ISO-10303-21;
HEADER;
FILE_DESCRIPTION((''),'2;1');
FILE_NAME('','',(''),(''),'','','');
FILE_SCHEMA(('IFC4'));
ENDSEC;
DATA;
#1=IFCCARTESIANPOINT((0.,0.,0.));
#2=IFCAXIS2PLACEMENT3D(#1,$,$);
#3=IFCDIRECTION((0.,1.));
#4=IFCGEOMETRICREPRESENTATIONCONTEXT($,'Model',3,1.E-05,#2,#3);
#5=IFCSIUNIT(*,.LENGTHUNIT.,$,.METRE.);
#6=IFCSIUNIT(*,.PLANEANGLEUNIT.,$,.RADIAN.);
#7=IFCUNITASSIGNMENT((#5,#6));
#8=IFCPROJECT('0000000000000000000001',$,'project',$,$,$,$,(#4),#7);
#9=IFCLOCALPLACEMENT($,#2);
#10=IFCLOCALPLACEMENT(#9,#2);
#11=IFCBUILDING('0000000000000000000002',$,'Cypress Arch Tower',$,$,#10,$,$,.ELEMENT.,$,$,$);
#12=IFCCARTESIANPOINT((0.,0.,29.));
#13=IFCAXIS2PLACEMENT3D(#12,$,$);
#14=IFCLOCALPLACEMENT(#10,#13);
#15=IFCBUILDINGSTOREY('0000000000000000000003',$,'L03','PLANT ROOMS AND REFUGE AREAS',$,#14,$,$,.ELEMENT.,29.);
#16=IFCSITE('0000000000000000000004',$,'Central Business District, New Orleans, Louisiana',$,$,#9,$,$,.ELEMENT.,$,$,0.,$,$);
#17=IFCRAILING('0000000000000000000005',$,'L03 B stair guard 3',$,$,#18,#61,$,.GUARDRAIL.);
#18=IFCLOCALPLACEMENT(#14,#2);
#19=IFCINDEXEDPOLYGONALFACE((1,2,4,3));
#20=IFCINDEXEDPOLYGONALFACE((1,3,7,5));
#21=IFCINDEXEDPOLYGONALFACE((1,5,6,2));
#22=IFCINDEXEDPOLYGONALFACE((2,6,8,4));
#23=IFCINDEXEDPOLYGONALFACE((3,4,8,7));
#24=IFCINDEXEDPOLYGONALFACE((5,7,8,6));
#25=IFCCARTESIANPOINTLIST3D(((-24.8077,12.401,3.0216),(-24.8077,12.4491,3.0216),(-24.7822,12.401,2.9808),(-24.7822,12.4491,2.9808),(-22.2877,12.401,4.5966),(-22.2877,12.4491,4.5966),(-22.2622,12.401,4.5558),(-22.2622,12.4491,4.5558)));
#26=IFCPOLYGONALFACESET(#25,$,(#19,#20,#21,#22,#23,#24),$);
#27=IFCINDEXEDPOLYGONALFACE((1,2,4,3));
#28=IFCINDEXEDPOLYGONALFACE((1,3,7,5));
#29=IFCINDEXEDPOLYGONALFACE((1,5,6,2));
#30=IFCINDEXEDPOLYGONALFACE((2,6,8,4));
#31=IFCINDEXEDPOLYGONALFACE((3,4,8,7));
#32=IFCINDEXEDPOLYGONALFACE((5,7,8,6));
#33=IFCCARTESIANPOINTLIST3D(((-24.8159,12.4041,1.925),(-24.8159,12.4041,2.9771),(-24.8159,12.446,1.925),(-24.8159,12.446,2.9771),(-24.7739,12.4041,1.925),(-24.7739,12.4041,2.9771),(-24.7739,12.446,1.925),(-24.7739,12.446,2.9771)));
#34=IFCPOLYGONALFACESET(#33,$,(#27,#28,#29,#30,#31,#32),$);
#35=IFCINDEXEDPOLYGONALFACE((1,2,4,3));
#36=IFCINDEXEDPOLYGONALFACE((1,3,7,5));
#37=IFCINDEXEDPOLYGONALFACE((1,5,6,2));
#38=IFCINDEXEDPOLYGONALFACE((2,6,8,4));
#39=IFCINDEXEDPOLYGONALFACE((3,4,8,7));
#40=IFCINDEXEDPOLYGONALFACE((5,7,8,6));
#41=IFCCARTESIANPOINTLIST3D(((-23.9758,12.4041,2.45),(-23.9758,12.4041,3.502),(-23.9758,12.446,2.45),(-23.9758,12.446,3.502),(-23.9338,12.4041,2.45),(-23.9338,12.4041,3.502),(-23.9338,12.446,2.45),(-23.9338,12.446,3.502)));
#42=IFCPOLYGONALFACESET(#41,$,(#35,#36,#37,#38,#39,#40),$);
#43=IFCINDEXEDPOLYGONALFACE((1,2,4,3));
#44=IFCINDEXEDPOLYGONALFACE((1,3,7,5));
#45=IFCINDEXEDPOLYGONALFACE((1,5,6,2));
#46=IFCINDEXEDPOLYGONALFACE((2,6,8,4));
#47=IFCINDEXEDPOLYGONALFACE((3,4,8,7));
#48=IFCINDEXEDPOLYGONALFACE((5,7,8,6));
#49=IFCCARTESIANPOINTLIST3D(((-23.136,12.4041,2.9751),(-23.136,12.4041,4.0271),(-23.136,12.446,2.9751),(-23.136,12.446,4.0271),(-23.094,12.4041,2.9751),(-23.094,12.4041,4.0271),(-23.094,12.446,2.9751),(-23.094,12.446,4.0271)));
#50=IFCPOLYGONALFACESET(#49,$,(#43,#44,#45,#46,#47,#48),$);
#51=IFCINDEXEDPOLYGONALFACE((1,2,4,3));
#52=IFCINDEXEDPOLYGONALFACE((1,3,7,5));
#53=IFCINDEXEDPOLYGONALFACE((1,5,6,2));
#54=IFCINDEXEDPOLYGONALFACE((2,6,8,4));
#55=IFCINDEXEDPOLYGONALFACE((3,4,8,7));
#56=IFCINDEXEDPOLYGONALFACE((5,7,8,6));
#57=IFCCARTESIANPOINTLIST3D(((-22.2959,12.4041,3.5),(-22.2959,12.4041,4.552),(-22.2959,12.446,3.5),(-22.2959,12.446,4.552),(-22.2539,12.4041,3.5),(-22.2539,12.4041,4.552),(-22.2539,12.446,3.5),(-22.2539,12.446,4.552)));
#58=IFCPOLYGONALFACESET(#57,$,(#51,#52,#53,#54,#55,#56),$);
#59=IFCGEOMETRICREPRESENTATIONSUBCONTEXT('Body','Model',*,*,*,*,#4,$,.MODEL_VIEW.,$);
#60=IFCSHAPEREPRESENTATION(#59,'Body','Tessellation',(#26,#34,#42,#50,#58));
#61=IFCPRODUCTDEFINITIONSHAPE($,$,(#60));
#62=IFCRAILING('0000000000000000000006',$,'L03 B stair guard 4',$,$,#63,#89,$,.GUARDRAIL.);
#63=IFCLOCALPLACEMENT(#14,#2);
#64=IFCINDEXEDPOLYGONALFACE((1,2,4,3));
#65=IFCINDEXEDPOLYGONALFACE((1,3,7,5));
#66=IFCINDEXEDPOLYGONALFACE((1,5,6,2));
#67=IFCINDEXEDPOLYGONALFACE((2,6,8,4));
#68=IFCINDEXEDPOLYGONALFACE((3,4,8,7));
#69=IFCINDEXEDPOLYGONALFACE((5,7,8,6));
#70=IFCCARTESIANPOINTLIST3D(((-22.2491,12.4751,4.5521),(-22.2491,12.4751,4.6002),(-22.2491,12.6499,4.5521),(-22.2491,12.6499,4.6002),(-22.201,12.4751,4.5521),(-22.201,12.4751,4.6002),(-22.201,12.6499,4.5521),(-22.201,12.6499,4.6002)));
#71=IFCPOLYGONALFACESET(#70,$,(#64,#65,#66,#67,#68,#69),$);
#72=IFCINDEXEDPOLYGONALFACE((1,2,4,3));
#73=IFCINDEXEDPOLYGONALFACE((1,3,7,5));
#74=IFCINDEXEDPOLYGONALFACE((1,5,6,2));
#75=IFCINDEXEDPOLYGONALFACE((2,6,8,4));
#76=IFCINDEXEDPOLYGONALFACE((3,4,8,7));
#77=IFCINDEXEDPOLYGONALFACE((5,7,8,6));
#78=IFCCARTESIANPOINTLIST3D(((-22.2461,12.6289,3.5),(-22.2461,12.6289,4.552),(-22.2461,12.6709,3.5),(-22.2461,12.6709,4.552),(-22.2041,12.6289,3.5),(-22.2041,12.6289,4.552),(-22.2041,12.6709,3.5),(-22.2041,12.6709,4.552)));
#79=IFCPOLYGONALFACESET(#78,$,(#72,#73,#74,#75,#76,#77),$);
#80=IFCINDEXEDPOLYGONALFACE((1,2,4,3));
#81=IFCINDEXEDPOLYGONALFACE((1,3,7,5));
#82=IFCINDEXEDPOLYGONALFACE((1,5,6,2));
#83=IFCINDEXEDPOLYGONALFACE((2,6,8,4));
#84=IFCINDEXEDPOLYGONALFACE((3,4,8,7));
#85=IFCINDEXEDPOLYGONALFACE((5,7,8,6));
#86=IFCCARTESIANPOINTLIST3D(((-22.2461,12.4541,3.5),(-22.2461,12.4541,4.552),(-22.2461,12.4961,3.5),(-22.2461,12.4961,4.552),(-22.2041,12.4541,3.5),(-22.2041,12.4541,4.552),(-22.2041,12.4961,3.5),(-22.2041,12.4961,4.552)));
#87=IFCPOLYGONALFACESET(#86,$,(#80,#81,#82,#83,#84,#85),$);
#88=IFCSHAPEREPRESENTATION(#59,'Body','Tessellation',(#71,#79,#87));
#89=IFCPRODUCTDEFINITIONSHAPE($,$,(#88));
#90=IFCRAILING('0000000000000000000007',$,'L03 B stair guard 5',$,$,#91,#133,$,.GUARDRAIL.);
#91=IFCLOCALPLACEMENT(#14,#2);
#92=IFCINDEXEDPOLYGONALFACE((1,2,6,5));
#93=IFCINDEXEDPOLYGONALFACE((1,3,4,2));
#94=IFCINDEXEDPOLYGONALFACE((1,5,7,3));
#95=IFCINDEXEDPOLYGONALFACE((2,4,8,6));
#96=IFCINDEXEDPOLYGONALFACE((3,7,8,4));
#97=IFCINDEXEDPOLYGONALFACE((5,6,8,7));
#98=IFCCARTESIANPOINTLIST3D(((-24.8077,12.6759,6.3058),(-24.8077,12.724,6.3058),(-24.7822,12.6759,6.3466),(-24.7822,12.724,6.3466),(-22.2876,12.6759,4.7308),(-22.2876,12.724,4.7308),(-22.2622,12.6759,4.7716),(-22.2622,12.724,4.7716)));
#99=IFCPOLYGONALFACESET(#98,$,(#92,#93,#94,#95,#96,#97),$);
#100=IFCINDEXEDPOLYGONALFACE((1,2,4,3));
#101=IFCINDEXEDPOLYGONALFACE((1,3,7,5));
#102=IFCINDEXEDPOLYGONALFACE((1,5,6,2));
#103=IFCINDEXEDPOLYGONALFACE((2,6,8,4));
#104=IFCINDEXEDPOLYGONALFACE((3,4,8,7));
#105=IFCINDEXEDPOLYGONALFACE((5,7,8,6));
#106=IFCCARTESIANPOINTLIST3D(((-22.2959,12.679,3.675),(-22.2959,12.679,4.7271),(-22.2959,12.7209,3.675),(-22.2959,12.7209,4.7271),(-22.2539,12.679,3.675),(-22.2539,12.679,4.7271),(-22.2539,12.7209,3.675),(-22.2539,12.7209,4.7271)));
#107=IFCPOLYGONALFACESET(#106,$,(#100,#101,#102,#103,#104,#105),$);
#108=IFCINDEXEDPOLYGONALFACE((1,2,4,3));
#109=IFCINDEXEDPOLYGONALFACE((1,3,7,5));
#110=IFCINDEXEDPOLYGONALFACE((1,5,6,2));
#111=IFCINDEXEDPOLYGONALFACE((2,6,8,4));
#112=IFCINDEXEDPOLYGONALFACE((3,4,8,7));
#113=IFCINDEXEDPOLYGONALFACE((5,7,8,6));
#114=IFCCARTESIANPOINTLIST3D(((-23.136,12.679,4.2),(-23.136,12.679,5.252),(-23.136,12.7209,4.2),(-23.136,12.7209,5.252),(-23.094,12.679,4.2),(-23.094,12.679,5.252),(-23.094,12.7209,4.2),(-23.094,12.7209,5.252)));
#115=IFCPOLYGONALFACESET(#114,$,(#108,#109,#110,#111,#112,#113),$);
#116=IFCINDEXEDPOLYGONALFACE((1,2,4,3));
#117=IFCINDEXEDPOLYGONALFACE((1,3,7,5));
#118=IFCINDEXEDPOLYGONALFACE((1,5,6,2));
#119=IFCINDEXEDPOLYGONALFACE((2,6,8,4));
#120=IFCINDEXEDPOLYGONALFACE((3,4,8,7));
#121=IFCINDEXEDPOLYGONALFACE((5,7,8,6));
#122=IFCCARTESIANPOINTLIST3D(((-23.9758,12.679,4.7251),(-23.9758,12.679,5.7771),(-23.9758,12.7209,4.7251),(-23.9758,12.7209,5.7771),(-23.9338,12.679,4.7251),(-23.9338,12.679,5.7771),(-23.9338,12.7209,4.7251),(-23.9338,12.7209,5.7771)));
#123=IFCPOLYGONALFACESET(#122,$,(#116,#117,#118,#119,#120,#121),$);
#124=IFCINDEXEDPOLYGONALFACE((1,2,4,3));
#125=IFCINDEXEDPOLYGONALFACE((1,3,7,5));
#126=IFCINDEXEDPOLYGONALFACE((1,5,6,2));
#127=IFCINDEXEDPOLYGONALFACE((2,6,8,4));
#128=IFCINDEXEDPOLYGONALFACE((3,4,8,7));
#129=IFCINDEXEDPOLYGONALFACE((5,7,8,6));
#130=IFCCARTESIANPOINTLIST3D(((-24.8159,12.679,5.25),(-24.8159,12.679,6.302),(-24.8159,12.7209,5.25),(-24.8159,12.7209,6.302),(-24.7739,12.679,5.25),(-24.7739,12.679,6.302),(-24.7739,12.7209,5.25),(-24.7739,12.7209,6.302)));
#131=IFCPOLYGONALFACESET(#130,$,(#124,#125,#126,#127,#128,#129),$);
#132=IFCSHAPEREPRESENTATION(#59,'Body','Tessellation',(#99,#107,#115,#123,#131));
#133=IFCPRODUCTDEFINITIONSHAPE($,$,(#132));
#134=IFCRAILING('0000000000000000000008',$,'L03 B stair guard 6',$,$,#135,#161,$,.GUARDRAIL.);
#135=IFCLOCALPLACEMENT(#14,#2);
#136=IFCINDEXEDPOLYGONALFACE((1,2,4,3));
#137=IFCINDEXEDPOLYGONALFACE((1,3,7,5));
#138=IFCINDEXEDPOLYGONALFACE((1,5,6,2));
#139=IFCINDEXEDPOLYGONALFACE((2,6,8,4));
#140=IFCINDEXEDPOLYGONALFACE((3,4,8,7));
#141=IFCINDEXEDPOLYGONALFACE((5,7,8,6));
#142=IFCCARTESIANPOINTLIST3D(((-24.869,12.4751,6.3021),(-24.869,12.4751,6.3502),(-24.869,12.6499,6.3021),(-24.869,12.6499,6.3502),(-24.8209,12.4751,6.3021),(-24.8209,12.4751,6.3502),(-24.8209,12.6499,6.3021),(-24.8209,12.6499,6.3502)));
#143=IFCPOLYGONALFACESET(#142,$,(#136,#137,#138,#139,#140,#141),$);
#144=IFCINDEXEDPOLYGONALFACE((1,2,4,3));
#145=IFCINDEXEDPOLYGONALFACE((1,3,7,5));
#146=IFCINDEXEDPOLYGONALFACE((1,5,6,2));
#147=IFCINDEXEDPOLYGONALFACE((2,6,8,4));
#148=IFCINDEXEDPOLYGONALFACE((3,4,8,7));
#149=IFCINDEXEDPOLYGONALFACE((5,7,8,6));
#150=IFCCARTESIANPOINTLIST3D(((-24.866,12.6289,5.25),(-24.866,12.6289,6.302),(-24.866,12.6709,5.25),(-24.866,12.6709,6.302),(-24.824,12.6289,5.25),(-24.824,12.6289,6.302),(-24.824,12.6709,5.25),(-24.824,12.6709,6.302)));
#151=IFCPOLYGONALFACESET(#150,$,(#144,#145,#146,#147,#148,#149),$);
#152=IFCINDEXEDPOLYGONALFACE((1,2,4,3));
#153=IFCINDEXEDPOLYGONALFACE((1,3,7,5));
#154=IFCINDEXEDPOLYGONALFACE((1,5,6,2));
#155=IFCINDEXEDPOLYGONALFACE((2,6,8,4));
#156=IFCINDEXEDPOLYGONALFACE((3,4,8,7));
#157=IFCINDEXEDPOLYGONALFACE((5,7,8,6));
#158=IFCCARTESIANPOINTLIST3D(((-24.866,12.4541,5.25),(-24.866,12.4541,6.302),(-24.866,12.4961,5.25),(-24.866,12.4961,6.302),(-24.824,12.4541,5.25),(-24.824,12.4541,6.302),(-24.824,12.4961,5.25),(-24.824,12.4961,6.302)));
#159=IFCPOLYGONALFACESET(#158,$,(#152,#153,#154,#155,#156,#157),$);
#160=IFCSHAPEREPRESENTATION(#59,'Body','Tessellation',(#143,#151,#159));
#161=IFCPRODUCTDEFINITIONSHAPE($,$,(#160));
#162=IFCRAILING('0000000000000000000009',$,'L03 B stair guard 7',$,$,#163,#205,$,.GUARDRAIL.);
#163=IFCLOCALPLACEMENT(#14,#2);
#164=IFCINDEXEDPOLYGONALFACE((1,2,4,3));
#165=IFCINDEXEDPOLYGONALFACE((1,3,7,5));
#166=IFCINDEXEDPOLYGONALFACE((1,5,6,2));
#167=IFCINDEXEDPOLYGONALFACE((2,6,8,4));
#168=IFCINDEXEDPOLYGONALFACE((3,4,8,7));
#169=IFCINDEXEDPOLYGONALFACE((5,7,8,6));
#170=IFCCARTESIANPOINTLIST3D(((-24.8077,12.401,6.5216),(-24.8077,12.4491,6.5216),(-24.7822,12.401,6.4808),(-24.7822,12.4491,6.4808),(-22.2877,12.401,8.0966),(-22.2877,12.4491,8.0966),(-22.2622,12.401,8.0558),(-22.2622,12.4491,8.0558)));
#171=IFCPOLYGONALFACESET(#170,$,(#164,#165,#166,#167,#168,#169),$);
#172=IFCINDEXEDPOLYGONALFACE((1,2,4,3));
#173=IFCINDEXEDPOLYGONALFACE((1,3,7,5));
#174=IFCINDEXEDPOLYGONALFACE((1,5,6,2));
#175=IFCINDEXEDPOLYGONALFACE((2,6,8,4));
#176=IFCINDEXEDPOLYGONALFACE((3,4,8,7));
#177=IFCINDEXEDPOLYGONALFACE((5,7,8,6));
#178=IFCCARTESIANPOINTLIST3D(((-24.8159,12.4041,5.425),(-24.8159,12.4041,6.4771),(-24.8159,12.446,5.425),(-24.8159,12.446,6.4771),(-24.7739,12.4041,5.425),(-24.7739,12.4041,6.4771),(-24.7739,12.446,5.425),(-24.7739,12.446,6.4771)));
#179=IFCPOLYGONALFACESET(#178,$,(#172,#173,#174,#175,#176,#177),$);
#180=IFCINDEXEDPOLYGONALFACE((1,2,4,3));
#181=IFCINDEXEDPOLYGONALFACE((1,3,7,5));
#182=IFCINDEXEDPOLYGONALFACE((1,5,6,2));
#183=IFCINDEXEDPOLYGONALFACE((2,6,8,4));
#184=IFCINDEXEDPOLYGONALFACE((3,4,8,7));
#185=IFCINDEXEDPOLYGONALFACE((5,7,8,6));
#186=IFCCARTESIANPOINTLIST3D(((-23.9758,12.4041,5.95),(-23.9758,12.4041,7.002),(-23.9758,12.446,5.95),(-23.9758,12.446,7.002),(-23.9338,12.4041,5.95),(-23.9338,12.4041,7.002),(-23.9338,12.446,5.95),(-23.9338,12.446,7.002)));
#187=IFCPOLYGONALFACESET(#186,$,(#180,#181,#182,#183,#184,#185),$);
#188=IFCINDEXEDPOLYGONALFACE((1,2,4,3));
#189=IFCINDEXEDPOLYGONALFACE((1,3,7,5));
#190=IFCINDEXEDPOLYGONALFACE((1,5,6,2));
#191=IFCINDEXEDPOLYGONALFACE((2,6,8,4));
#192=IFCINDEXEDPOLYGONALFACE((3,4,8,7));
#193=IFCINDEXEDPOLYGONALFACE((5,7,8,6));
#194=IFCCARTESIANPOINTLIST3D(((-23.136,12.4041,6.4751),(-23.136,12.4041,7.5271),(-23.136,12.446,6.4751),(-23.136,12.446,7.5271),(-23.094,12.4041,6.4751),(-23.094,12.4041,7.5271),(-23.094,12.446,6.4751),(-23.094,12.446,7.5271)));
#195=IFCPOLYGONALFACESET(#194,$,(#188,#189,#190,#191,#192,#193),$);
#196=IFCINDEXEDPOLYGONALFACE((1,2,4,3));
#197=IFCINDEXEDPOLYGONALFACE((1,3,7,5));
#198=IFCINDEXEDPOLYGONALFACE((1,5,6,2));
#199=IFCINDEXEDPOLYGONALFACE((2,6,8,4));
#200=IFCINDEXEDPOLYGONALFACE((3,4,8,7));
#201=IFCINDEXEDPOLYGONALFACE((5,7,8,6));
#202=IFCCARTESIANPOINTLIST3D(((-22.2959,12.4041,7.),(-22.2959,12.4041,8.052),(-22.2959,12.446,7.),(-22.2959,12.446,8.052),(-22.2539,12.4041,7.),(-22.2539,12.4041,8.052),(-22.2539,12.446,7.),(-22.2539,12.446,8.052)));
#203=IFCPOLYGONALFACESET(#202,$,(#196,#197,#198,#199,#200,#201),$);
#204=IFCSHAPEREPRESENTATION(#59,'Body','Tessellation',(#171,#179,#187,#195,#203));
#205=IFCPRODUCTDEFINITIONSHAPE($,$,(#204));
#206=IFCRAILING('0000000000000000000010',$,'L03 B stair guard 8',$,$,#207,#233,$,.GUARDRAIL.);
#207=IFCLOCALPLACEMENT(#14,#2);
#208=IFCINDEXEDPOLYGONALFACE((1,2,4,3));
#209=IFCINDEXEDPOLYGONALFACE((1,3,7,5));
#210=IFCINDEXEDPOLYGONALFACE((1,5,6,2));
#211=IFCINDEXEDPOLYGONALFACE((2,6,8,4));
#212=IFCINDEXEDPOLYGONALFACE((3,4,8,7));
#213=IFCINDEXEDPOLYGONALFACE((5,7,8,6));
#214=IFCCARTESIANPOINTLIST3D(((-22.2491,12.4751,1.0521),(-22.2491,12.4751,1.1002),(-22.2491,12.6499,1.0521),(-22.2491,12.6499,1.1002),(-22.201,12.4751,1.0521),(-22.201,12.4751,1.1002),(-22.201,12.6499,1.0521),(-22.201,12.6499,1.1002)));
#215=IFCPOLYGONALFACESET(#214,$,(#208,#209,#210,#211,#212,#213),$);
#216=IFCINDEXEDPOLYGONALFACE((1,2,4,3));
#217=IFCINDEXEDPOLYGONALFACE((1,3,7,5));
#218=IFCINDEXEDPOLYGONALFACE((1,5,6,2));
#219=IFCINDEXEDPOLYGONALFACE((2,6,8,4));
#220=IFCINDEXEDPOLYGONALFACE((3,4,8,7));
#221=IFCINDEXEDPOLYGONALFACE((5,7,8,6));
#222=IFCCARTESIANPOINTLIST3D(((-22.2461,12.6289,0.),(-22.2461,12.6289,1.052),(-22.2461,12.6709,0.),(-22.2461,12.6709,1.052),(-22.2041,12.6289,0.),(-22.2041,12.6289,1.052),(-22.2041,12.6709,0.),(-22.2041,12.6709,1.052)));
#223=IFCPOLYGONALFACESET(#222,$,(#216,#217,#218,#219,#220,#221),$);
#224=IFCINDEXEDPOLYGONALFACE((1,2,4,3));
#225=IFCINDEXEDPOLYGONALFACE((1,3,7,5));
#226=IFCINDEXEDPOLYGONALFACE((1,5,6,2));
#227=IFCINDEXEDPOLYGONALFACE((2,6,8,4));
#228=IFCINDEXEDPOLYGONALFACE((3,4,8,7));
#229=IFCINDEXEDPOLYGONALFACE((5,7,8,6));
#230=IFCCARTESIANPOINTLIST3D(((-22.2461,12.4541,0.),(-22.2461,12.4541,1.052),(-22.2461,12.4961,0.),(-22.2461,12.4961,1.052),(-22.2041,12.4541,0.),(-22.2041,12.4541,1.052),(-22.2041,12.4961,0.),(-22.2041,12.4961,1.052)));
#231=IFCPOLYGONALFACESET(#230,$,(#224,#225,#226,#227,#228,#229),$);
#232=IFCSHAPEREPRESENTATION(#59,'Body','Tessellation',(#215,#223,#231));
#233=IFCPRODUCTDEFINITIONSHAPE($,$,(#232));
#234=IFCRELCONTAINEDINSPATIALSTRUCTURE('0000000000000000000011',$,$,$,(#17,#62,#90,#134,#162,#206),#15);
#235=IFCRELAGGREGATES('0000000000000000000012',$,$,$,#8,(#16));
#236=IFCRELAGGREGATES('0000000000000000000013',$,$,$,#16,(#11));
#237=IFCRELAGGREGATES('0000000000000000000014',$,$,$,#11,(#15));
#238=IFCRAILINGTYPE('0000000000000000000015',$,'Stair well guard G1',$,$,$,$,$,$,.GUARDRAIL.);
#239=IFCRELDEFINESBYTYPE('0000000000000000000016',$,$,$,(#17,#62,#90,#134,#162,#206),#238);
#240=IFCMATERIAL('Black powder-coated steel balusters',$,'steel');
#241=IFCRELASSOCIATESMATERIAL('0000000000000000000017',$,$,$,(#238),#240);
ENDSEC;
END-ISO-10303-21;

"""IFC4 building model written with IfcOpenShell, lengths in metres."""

from ifc_helpers import new_model, si_unit, direction, frame, origin, origin_2d, place, context, subcontext, project, spatial, rectangle, extrude, material, type_object, element, save


model = new_model("IFC4")

# Units and contexts
model_context = context("Model", 3, precision=1e-05, world=origin(), true_north=direction((0.0, 1.0)))
body_context = subcontext(model_context, "Body", "Model", "MODEL_VIEW")
ifc_project = project(units=[si_unit("LENGTHUNIT", "METRE"), si_unit("PLANEANGLEUNIT", "RADIAN")], contexts=[model_context])

# Site, building, storey
site_placement = place(None, origin())
site = spatial("IfcSite", under=ifc_project, at=site_placement, Name="Central Business District, New Orleans, Louisiana", CompositionType="ELEMENT", RefElevation=0.0)
building_placement = place(site_placement, origin())
building = spatial("IfcBuilding", under=site, at=building_placement, Name="Cypress Arch Tower", CompositionType="ELEMENT")
storey_placement = place(building_placement, frame((0.0, 0.0, 29.0)))
storey = spatial("IfcBuildingStorey", under=building, at=storey_placement, Name="L03", Description="PLANT ROOMS AND REFUGE AREAS", CompositionType="ELEMENT", Elevation=29.0)

# Railings
ifc_material_1 = material(Name="Black powder-coated steel balusters", Category="steel")
railing_type_1 = type_object("IfcRailingType", Name="Stair well guard G1", PredefinedType="GUARDRAIL", material=ifc_material_1)
railing_1_placement = place(storey_placement, frame((-24.7949, 12.425, 1.925)))
element("IfcRailing", 1, at=railing_1_placement, inside=storey, type_object=railing_type_1, Name="L03 B stair guard 3", PredefinedType="GUARDRAIL", context=body_context, shape_type="SweptSolid", body=[
    extrude(rectangle(XDim=0.0481, YDim=0.0481, at=origin_2d()), frame((0.0, 0.0, 1.0762), z_axis=(0.848008, 0.0, 0.529984), x_axis=(0.0, 1.0, 0.0)), (0.0, 0.0, 1.0), 2.9717),
    extrude(rectangle(XDim=0.042, YDim=0.042, at=origin_2d()), origin(), (0.0, 0.0, 1.0), 1.052),
    extrude(rectangle(XDim=0.042, YDim=0.042, at=origin_2d()), frame((0.8401, 0.0, 0.5249)), (0.0, 0.0, 1.0), 1.052),
    extrude(rectangle(XDim=0.042, YDim=0.042, at=origin_2d()), frame((1.6799, 0.0, 1.05)), (0.0, 0.0, 1.0), 1.052),
    extrude(rectangle(XDim=0.042, YDim=0.042, at=origin_2d()), frame((2.52, 0.0, 1.575)), (0.0, 0.0, 1.0), 1.052),
])
railing_2_placement = place(storey_placement, frame((-22.2251, 12.6499, 3.5)))
element("IfcRailing", 2, at=railing_2_placement, inside=storey, type_object=railing_type_1, Name="L03 B stair guard 4", PredefinedType="GUARDRAIL", context=body_context, shape_type="SweptSolid", body=[
    extrude(rectangle(XDim=0.0481, YDim=0.0481, at=origin_2d()), frame((0.0, 0.0, 1.0762), z_axis=(0.0, -1.0, 0.0), x_axis=(1.0, 0.0, 0.0)), (0.0, 0.0, 1.0), 0.1748),
    extrude(rectangle(XDim=0.042, YDim=0.042, at=origin_2d()), origin(), (0.0, 0.0, 1.0), 1.052),
    extrude(rectangle(XDim=0.042, YDim=0.042, at=origin_2d()), frame((0.0, -0.1748, 0.0)), (0.0, 0.0, 1.0), 1.052),
])
railing_3_placement = place(storey_placement, frame((-22.2749, 12.7, 3.675)))
element("IfcRailing", 3, at=railing_3_placement, inside=storey, type_object=railing_type_1, Name="L03 B stair guard 5", PredefinedType="GUARDRAIL", context=body_context, shape_type="SweptSolid", body=[
    extrude(rectangle(XDim=0.0481, YDim=0.0481, at=origin_2d()), frame((0.0, 0.0, 1.0762), z_axis=(-0.848008, 0.0, 0.529984), x_axis=(0.0, -1.0, 0.0)), (0.0, 0.0, 1.0), 2.9717),
    extrude(rectangle(XDim=0.042, YDim=0.042, at=origin_2d()), origin(), (0.0, 0.0, 1.0), 1.052),
    extrude(rectangle(XDim=0.042, YDim=0.042, at=origin_2d()), frame((-0.8401, 0.0, 0.5249)), (0.0, 0.0, 1.0), 1.052),
    extrude(rectangle(XDim=0.042, YDim=0.042, at=origin_2d()), frame((-1.6799, 0.0, 1.05)), (0.0, 0.0, 1.0), 1.052),
    extrude(rectangle(XDim=0.042, YDim=0.042, at=origin_2d()), frame((-2.52, 0.0, 1.575)), (0.0, 0.0, 1.0), 1.052),
])
railing_4_placement = place(storey_placement, frame((-24.845, 12.6499, 5.25)))
element("IfcRailing", 4, at=railing_4_placement, inside=storey, type_object=railing_type_1, Name="L03 B stair guard 6", PredefinedType="GUARDRAIL", context=body_context, shape_type="SweptSolid", body=[
    extrude(rectangle(XDim=0.0481, YDim=0.0481, at=origin_2d()), frame((0.0, 0.0, 1.0762), z_axis=(0.0, -1.0, 0.0), x_axis=(1.0, 0.0, 0.0)), (0.0, 0.0, 1.0), 0.1748),
    extrude(rectangle(XDim=0.042, YDim=0.042, at=origin_2d()), origin(), (0.0, 0.0, 1.0), 1.052),
    extrude(rectangle(XDim=0.042, YDim=0.042, at=origin_2d()), frame((0.0, -0.1748, 0.0)), (0.0, 0.0, 1.0), 1.052),
])
railing_5_placement = place(storey_placement, frame((-24.7949, 12.425, 5.425)))
element("IfcRailing", 5, at=railing_5_placement, inside=storey, type_object=railing_type_1, Name="L03 B stair guard 7", PredefinedType="GUARDRAIL", context=body_context, shape_type="SweptSolid", body=[
    extrude(rectangle(XDim=0.0481, YDim=0.0481, at=origin_2d()), frame((0.0, 0.0, 1.0762), z_axis=(0.848008, 0.0, 0.529984), x_axis=(0.0, 1.0, 0.0)), (0.0, 0.0, 1.0), 2.9717),
    extrude(rectangle(XDim=0.042, YDim=0.042, at=origin_2d()), origin(), (0.0, 0.0, 1.0), 1.052),
    extrude(rectangle(XDim=0.042, YDim=0.042, at=origin_2d()), frame((0.8401, 0.0, 0.5249)), (0.0, 0.0, 1.0), 1.052),
    extrude(rectangle(XDim=0.042, YDim=0.042, at=origin_2d()), frame((1.6799, 0.0, 1.05)), (0.0, 0.0, 1.0), 1.052),
    extrude(rectangle(XDim=0.042, YDim=0.042, at=origin_2d()), frame((2.52, 0.0, 1.575)), (0.0, 0.0, 1.0), 1.052),
])
railing_6_placement = place(storey_placement, frame((-22.2251, 12.6499, 0.0)))
element("IfcRailing", 6, at=railing_6_placement, inside=storey, type_object=railing_type_1, Name="L03 B stair guard 8", PredefinedType="GUARDRAIL", context=body_context, shape_type="SweptSolid", body=[
    extrude(rectangle(XDim=0.0481, YDim=0.0481, at=origin_2d()), frame((0.0, 0.0, 1.0762), z_axis=(0.0, -1.0, 0.0), x_axis=(1.0, 0.0, 0.0)), (0.0, 0.0, 1.0), 0.1748),
    extrude(rectangle(XDim=0.042, YDim=0.042, at=origin_2d()), origin(), (0.0, 0.0, 1.0), 1.052),
    extrude(rectangle(XDim=0.042, YDim=0.042, at=origin_2d()), frame((0.0, -0.1748, 0.0)), (0.0, 0.0, 1.0), 1.052),
])

save(model, "model.ifc")
